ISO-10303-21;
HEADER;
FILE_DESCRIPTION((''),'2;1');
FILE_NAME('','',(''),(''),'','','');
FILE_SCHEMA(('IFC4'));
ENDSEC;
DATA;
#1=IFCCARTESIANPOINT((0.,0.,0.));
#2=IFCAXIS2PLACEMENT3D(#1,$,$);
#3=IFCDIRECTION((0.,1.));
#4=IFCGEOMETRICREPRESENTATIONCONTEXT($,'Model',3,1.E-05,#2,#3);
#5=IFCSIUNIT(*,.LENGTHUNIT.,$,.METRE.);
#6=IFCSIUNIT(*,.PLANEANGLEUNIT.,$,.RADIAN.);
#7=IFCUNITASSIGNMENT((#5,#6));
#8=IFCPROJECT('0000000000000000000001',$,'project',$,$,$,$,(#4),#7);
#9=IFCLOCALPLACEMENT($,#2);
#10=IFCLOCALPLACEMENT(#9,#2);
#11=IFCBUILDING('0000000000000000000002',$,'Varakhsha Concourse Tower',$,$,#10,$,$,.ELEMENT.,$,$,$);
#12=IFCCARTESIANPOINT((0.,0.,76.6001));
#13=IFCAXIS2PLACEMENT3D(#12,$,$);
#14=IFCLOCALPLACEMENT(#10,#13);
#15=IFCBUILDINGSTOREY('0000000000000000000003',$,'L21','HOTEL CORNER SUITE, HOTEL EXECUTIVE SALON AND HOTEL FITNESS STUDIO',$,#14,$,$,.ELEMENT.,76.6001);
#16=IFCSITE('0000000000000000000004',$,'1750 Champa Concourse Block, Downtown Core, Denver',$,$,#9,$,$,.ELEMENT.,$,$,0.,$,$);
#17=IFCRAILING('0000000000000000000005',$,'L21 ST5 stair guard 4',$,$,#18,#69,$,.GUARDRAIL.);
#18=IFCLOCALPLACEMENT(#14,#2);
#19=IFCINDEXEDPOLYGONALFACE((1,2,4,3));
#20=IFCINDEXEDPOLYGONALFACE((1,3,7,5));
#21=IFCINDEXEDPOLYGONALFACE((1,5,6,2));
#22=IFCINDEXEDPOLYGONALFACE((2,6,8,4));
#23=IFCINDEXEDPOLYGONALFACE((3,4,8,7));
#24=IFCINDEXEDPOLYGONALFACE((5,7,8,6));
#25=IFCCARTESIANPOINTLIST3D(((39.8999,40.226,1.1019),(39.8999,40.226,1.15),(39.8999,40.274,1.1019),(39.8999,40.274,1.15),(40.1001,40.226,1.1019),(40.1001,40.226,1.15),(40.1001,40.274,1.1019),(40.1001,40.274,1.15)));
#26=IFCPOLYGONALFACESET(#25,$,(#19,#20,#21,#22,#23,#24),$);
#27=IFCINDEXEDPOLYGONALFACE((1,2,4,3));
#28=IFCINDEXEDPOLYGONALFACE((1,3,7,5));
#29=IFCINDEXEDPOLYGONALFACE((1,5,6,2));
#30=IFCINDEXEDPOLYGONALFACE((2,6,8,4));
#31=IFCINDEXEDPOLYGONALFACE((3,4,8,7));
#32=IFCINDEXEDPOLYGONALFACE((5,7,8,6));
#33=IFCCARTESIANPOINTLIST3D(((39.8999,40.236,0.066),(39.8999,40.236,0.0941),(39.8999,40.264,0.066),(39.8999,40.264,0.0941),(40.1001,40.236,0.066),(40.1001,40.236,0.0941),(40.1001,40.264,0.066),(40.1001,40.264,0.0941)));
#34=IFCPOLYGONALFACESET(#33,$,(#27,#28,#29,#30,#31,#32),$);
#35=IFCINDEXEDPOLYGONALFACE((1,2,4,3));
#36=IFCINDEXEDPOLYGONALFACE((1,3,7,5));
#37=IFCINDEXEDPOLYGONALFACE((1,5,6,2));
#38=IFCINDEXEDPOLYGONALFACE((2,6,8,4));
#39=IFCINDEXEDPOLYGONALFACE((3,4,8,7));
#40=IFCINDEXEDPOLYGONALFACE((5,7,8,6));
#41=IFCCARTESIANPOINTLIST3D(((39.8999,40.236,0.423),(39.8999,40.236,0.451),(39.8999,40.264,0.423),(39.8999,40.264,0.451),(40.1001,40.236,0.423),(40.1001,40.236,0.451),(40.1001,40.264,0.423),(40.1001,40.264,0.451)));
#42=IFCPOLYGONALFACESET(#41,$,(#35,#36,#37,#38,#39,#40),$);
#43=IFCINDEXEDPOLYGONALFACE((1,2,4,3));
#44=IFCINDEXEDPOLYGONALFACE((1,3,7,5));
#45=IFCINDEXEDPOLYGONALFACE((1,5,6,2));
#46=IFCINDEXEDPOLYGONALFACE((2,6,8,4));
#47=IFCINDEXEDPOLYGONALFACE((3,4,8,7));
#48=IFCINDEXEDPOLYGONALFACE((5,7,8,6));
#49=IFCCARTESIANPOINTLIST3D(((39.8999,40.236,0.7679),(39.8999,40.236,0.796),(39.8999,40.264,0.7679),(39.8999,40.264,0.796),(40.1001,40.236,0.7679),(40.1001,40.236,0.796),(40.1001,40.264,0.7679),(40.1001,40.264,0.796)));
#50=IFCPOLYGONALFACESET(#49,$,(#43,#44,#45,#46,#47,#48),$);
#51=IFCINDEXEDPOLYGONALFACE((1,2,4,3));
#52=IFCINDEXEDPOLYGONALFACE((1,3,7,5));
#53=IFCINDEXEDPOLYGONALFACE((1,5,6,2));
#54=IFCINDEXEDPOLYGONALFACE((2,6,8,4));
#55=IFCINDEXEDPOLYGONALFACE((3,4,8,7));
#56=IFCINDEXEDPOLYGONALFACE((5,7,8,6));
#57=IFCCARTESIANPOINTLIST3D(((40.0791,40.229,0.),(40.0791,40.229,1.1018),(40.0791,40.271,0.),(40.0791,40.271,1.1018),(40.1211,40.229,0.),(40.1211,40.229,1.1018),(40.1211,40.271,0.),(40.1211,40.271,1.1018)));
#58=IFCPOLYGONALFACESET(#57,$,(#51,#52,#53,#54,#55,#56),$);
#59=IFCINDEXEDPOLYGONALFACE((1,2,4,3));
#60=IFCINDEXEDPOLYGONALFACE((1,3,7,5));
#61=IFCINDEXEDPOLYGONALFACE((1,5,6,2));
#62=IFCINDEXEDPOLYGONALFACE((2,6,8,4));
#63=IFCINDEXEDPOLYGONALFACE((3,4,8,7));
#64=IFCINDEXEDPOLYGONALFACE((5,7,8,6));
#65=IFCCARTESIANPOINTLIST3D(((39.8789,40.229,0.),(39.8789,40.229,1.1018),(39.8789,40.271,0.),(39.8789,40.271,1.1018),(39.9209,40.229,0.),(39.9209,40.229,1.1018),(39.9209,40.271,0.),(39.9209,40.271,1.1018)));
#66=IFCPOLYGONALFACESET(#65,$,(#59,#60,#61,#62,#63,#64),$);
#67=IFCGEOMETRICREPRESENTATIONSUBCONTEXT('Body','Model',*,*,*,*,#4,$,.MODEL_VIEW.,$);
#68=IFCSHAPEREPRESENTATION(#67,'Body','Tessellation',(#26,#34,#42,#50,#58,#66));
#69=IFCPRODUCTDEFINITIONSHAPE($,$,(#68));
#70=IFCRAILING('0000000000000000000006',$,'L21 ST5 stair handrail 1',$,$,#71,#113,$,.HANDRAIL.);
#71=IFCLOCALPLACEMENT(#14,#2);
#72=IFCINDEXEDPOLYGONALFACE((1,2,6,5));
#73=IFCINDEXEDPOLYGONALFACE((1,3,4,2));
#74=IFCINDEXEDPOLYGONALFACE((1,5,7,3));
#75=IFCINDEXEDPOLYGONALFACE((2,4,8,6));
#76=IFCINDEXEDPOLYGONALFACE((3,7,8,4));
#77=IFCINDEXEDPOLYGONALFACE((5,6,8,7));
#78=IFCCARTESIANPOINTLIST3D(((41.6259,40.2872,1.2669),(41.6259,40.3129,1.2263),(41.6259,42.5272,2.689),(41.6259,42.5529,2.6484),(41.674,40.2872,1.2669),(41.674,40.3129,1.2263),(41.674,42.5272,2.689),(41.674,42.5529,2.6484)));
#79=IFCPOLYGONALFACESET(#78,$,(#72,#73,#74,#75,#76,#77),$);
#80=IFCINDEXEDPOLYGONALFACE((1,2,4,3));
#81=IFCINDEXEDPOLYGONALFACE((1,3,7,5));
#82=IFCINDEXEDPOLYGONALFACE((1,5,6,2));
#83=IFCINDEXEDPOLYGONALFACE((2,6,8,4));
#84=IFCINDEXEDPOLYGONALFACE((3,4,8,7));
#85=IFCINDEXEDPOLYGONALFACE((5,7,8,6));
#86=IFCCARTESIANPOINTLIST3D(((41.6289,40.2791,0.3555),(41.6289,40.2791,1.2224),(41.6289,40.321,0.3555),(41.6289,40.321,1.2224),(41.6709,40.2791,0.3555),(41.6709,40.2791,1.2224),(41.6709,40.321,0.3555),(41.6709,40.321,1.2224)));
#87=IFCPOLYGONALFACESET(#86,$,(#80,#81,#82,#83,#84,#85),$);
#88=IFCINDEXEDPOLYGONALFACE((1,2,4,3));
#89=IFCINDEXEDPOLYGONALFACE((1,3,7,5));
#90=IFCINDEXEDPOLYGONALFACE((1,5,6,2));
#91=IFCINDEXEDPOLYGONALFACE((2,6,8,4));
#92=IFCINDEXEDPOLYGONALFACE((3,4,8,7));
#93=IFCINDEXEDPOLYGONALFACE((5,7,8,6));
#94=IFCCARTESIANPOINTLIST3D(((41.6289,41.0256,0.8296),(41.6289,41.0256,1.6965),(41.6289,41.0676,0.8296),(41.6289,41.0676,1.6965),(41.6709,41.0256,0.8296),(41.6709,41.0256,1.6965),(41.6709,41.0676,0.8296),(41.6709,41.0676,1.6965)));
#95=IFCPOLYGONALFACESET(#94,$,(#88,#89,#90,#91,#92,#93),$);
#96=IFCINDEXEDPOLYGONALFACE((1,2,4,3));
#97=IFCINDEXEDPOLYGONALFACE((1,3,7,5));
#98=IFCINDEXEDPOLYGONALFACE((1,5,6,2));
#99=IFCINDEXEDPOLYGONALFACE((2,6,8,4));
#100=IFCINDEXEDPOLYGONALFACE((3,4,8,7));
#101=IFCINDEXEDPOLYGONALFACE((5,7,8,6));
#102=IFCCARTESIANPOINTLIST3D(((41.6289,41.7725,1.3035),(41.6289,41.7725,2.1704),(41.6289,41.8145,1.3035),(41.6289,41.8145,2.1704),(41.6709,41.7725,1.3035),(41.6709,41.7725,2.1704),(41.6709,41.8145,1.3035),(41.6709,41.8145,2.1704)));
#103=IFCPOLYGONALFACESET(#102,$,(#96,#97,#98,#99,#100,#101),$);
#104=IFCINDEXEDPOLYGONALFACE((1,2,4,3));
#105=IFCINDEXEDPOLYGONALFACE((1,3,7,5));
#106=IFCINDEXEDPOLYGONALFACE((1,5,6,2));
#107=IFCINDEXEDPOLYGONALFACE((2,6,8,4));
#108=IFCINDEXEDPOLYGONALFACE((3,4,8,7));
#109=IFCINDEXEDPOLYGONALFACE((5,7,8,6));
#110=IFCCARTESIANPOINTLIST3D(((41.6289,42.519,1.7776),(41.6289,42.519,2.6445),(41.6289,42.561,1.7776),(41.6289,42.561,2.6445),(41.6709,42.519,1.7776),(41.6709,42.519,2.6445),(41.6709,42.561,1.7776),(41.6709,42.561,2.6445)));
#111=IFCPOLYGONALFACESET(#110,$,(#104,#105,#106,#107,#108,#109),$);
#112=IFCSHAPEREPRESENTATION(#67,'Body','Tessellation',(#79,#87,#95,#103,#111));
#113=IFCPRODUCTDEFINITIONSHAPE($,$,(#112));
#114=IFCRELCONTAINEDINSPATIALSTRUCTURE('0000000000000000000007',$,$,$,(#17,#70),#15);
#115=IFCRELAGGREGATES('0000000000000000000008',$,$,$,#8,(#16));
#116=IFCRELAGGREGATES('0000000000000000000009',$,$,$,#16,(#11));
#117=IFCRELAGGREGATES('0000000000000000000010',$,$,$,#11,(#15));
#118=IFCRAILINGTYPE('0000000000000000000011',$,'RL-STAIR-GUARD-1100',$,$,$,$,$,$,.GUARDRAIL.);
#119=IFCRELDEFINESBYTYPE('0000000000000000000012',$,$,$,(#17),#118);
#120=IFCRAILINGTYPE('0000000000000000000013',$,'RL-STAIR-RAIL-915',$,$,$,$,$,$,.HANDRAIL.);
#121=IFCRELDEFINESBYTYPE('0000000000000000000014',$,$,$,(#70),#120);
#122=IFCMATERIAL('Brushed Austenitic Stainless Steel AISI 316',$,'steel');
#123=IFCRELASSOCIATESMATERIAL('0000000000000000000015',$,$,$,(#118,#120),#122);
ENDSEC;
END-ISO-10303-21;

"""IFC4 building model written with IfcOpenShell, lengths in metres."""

from ifc_helpers import new_model, si_unit, direction, frame, origin, origin_2d, place, context, subcontext, project, spatial, rectangle, extrude, material, type_object, element, save


model = new_model("IFC4")

# Units and contexts
model_context = context("Model", 3, precision=1e-05, world=origin(), true_north=direction((0.0, 1.0)))
body_context = subcontext(model_context, "Body", "Model", "MODEL_VIEW")
ifc_project = project(units=[si_unit("LENGTHUNIT", "METRE"), si_unit("PLANEANGLEUNIT", "RADIAN")], contexts=[model_context])

# Site, building, storey
site_placement = place(None, origin())
site = spatial("IfcSite", under=ifc_project, at=site_placement, Name="1750 Champa Concourse Block, Downtown Core, Denver", CompositionType="ELEMENT", RefElevation=0.0)
building_placement = place(site_placement, origin())
building = spatial("IfcBuilding", under=site, at=building_placement, Name="Varakhsha Concourse Tower", CompositionType="ELEMENT")
storey_placement = place(building_placement, frame((0.0, 0.0, 76.6001)))
storey = spatial("IfcBuildingStorey", under=building, at=storey_placement, Name="L21", Description="HOTEL CORNER SUITE, HOTEL EXECUTIVE SALON AND HOTEL FITNESS STUDIO", CompositionType="ELEMENT", Elevation=76.6001)

# Railings
ifc_material_1 = material(Name="Brushed Austenitic Stainless Steel AISI 316", Category="steel")
railing_type_1 = type_object("IfcRailingType", Name="RL-STAIR-GUARD-1100", PredefinedType="GUARDRAIL", material=ifc_material_1)
for number, where, name in (
    (1, (40.1001, 40.25, 0.0), "L21 ST5 stair guard 4"),
):
    element("IfcRailing", number, at=place(storey_placement, frame(where)), inside=storey, type_object=railing_type_1, Name=name, PredefinedType="GUARDRAIL", context=body_context, shape_type="SweptSolid", body=[
        extrude(rectangle(XDim=0.0481, YDim=0.0481, at=origin_2d()), frame((0.0, 0.0, 1.126), z_axis=(-1.0, 0.0, 0.0), x_axis=(0.0, -1.0, 0.0)), (0.0, 0.0, 1.0), 0.2002),
        extrude(rectangle(XDim=0.0281, YDim=0.0281, at=origin_2d()), frame((0.0, 0.0, 0.0801), z_axis=(-1.0, 0.0, 0.0), x_axis=(0.0, -1.0, 0.0)), (0.0, 0.0, 1.0), 0.2002),
        extrude(rectangle(XDim=0.0281, YDim=0.0281, at=origin_2d()), frame((0.0, 0.0, 0.437), z_axis=(-1.0, 0.0, 0.0), x_axis=(0.0, -1.0, 0.0)), (0.0, 0.0, 1.0), 0.2002),
        extrude(rectangle(XDim=0.0281, YDim=0.0281, at=origin_2d()), frame((0.0, 0.0, 0.782), z_axis=(-1.0, 0.0, 0.0), x_axis=(0.0, -1.0, 0.0)), (0.0, 0.0, 1.0), 0.2002),
        extrude(rectangle(XDim=0.042, YDim=0.042, at=origin_2d()), origin(), (0.0, 0.0, 1.0), 1.1018),
        extrude(rectangle(XDim=0.042, YDim=0.042, at=origin_2d()), frame((-0.2002, 0.0, 0.0)), (0.0, 0.0, 1.0), 1.1018),
    ])
railing_type_2 = type_object("IfcRailingType", Name="RL-STAIR-RAIL-915", PredefinedType="HANDRAIL", material=ifc_material_1)
railing_1_placement = place(storey_placement, frame((41.6499, 40.3, 0.3555)))
element("IfcRailing", 2, at=railing_1_placement, inside=storey, type_object=railing_type_2, Name="L21 ST5 stair handrail 1", PredefinedType="HANDRAIL", context=body_context, shape_type="SweptSolid", body=[
    extrude(rectangle(XDim=0.0481, YDim=0.0481, at=origin_2d()), frame((0.0, 0.0, 0.8911), z_axis=(0.0, 0.844229, 0.535982), x_axis=(-1.0, 0.0, 0.0)), (0.0, 0.0, 1.0), 2.6533),
    extrude(rectangle(XDim=0.042, YDim=0.042, at=origin_2d()), origin(), (0.0, 0.0, 1.0), 0.8669),
    extrude(rectangle(XDim=0.042, YDim=0.042, at=origin_2d()), frame((0.0, 0.7466, 0.4741)), (0.0, 0.0, 1.0), 0.8669),
    extrude(rectangle(XDim=0.042, YDim=0.042, at=origin_2d()), frame((0.0, 1.4934, 0.948)), (0.0, 0.0, 1.0), 0.8669),
    extrude(rectangle(XDim=0.042, YDim=0.042, at=origin_2d()), frame((0.0, 2.24, 1.4221)), (0.0, 0.0, 1.0), 0.8669),
])

save(model, "model.ifc")
